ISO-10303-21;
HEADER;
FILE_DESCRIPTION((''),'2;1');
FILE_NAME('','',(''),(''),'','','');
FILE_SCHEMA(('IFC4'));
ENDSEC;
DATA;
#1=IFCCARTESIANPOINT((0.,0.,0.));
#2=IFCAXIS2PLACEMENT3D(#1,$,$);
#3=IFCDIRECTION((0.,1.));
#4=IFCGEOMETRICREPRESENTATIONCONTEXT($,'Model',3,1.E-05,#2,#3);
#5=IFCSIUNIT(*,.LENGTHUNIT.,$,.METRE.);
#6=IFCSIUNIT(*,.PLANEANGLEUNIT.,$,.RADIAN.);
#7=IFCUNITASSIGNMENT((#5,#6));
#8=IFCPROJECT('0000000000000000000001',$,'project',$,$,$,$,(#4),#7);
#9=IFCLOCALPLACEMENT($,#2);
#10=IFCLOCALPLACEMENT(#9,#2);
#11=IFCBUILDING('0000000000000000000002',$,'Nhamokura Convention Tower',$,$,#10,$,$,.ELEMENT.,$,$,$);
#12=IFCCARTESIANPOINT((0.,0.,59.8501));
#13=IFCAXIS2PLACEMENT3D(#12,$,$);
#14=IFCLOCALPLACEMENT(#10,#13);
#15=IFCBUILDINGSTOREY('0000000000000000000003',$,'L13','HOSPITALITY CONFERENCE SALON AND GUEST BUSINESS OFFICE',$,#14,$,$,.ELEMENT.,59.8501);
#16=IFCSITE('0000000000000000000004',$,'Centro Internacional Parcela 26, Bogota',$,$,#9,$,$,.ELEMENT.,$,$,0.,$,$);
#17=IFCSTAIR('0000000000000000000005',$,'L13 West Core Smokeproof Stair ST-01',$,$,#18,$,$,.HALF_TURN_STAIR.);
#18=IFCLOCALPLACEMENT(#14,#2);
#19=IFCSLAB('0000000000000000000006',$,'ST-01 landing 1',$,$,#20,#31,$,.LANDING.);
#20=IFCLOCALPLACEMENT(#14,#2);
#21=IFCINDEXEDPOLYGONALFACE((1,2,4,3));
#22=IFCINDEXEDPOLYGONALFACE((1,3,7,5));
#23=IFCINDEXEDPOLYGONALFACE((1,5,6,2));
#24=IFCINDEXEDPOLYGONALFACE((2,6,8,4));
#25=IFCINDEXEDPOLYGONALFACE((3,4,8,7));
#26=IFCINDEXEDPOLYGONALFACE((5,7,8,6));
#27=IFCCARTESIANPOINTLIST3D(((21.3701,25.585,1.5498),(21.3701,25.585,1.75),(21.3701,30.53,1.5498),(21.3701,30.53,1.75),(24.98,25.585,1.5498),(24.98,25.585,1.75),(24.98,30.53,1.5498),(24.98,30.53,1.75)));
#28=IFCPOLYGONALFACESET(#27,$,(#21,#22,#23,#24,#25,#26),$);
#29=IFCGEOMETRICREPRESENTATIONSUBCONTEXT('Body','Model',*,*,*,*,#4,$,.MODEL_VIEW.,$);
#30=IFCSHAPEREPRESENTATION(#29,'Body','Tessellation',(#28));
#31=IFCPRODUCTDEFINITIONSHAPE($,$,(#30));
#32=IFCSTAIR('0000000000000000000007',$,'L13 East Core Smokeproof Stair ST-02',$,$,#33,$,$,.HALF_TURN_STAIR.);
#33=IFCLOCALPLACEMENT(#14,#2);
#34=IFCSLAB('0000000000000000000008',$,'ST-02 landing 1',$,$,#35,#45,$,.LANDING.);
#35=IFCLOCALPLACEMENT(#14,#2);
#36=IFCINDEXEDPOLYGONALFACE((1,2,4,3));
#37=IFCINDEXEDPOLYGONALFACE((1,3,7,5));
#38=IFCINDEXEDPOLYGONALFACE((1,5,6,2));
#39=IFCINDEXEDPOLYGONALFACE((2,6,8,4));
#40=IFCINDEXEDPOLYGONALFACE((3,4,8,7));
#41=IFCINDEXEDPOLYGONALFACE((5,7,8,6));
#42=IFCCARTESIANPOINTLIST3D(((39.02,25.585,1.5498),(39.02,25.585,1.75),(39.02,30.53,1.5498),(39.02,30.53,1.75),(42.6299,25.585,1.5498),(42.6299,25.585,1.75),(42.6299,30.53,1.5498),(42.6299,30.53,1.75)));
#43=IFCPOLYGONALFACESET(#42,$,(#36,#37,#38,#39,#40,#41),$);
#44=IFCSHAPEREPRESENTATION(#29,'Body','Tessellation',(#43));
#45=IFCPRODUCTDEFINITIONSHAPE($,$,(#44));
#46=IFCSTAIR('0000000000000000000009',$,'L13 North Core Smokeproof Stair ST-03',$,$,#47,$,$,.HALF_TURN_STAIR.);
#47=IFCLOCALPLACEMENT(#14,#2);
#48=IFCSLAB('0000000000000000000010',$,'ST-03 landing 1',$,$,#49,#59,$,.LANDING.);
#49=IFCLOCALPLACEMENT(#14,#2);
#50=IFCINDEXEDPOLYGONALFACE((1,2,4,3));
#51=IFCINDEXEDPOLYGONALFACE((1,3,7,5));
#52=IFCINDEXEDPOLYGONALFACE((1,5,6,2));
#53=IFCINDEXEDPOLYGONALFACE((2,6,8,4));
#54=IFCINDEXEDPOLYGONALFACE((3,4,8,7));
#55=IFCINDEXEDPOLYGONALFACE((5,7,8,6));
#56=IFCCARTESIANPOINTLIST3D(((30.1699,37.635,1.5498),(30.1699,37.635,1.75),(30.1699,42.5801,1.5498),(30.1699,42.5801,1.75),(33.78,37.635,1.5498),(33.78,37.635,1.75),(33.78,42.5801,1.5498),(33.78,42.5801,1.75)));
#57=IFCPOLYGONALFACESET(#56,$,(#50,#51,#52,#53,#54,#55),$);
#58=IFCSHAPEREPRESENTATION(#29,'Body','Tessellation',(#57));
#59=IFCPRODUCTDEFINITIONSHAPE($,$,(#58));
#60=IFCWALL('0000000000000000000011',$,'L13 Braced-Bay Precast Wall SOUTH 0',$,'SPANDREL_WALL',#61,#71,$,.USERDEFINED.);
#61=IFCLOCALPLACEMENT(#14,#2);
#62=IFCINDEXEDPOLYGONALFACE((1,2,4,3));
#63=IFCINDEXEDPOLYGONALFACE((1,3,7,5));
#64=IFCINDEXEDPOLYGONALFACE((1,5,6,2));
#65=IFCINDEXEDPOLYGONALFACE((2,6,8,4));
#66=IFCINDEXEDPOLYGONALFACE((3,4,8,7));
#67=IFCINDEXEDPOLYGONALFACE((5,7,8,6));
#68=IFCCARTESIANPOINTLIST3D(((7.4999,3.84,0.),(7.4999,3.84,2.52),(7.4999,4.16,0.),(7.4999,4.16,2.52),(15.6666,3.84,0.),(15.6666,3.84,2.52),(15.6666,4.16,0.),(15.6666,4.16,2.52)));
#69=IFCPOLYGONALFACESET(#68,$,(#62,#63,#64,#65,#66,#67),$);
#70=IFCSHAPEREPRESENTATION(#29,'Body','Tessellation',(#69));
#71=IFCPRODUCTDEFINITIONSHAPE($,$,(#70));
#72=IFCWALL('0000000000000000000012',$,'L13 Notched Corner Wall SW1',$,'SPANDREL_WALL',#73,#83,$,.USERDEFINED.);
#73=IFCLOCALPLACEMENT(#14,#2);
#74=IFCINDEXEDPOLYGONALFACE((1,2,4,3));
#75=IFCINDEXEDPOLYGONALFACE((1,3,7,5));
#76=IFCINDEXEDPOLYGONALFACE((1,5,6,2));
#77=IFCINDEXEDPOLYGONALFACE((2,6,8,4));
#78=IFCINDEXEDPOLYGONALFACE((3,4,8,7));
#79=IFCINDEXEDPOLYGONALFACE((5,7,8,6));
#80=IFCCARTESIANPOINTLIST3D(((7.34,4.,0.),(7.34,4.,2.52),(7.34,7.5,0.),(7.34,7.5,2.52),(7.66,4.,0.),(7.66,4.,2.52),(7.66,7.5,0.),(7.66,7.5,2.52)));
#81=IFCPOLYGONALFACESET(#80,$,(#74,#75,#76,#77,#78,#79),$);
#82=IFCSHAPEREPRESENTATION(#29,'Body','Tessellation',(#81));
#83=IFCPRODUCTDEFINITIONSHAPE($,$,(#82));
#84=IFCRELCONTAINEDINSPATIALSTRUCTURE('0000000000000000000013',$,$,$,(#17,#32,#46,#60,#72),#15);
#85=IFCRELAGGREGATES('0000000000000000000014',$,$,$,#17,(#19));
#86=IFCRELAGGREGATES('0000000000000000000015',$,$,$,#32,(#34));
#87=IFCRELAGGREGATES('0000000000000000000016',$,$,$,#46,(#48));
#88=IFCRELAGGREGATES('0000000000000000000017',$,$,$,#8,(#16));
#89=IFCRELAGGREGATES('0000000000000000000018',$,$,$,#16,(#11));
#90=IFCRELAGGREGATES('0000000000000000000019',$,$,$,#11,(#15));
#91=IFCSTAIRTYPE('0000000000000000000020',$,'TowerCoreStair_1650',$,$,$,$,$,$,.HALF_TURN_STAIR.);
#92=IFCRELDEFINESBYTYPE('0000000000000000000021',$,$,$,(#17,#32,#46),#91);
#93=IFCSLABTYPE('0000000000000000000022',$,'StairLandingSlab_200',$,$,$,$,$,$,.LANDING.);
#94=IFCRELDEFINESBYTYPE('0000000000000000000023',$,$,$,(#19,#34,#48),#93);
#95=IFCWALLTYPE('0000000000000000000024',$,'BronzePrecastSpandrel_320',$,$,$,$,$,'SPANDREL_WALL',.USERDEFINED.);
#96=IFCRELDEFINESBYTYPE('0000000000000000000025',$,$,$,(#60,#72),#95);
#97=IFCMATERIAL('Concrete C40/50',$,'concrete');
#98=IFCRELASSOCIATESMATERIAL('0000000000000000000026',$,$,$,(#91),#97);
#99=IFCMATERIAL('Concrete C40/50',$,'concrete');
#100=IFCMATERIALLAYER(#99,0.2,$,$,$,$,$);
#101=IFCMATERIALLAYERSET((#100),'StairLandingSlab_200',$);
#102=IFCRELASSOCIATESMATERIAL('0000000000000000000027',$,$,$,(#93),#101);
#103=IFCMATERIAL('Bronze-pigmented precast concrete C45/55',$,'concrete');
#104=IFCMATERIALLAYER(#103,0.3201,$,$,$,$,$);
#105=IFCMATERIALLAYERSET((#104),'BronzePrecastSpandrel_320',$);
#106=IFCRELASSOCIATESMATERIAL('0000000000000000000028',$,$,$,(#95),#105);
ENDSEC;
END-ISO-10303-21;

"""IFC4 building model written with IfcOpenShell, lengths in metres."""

from ifc_helpers import new_model, si_unit, direction, frame, frame_2d, origin, place, context, subcontext, project, spatial, polyline, rectangle, outline, extrude, material, layer, layer_set, type_object, element, aggregate, save


model = new_model("IFC4")

# Units and contexts
model_context = context("Model", 3, precision=1e-05, world=origin(), true_north=direction((0.0, 1.0)))
body_context = subcontext(model_context, "Body", "Model", "MODEL_VIEW")
ifc_project = project(units=[si_unit("LENGTHUNIT", "METRE"), si_unit("PLANEANGLEUNIT", "RADIAN")], contexts=[model_context])

# Site, building, storey
site_placement = place(None, origin())
site = spatial("IfcSite", under=ifc_project, at=site_placement, Name="Centro Internacional Parcela 26, Bogota", CompositionType="ELEMENT", RefElevation=0.0)
building_placement = place(site_placement, origin())
building = spatial("IfcBuilding", under=site, at=building_placement, Name="Nhamokura Convention Tower", CompositionType="ELEMENT")
storey_placement = place(building_placement, frame((0.0, 0.0, 59.8501)))
storey = spatial("IfcBuildingStorey", under=building, at=storey_placement, Name="L13", Description="HOSPITALITY CONFERENCE SALON AND GUEST BUSINESS OFFICE", CompositionType="ELEMENT", Elevation=59.8501)

# Stairs, slabs
ifc_material_1 = material(Name="Concrete C40/50", Category="concrete")
stair_type = type_object("IfcStairType", Name="TowerCoreStair_1650", PredefinedType="HALF_TURN_STAIR", material=ifc_material_1)
stair_1_placement = place(storey_placement, origin())
stair_1 = element("IfcStair", 1, at=stair_1_placement, inside=storey, type_object=stair_type, Name="L13 West Core Smokeproof Stair ST-01", PredefinedType="HALF_TURN_STAIR")
ifc_material_2 = material(Name="Concrete C40/50", Category="concrete")
ifc_layer_1 = layer(ifc_material_2, 0.2)
ifc_layer_set_1 = layer_set([ifc_layer_1], Name="StairLandingSlab_200")
slab_type_1 = type_object("IfcSlabType", Name="StairLandingSlab_200", PredefinedType="LANDING", material=ifc_layer_set_1)
slab_1_placement = place(storey_placement, frame((0.0, 0.0, 1.5498)))
slab_1 = element("IfcSlab", 2, at=slab_1_placement, type_object=slab_type_1, Name="ST-01 landing 1", PredefinedType="LANDING", context=body_context, shape_type="SweptSolid", body=[
    extrude(outline(polyline([(24.98, 25.585), (24.98, 30.53), (21.3701, 30.53), (21.3701, 25.585), (24.98, 25.585)])), origin(), (0.0, 0.0, 1.0), 0.2002),
])
aggregate(stair_1, [slab_1])
stair_2_placement = place(storey_placement, origin())
stair_2 = element("IfcStair", 3, at=stair_2_placement, inside=storey, type_object=stair_type, Name="L13 East Core Smokeproof Stair ST-02", PredefinedType="HALF_TURN_STAIR")
slab_2_placement = place(storey_placement, frame((0.0, 0.0, 1.5498)))
slab_2 = element("IfcSlab", 4, at=slab_2_placement, type_object=slab_type_1, Name="ST-02 landing 1", PredefinedType="LANDING", context=body_context, shape_type="SweptSolid", body=[
    extrude(outline(polyline([(42.6299, 25.585), (42.6299, 30.53), (39.02, 30.53), (39.02, 25.585), (42.6299, 25.585)])), origin(), (0.0, 0.0, 1.0), 0.2002),
])
aggregate(stair_2, [slab_2])
stair_3_placement = place(storey_placement, origin())
stair_3 = element("IfcStair", 5, at=stair_3_placement, inside=storey, type_object=stair_type, Name="L13 North Core Smokeproof Stair ST-03", PredefinedType="HALF_TURN_STAIR")
slab_3_placement = place(storey_placement, frame((0.0, 0.0, 1.5498)))
slab_3 = element("IfcSlab", 6, at=slab_3_placement, type_object=slab_type_1, Name="ST-03 landing 1", PredefinedType="LANDING", context=body_context, shape_type="SweptSolid", body=[
    extrude(outline(polyline([(33.78, 37.635), (33.78, 42.5801), (30.1699, 42.5801), (30.1699, 37.635), (33.78, 37.635)])), origin(), (0.0, 0.0, 1.0), 0.2002),
])
aggregate(stair_3, [slab_3])

# Walls
ifc_material_3 = material(Name="Bronze-pigmented precast concrete C45/55", Category="concrete")
ifc_layer_2 = layer(ifc_material_3, 0.3201)
ifc_layer_set_2 = layer_set([ifc_layer_2], Name="BronzePrecastSpandrel_320")
wall_type = type_object("IfcWallType", Name="BronzePrecastSpandrel_320", ElementType="SPANDREL_WALL", PredefinedType="USERDEFINED", material=ifc_layer_set_2)
wall_1_placement = place(storey_placement, frame((15.6667, 4.0, 0.0), z_axis=(0.0, 0.0, 1.0), x_axis=(-1.0, 0.0, 0.0)))
element("IfcWall", 7, at=wall_1_placement, inside=storey, type_object=wall_type, Name="L13 Braced-Bay Precast Wall SOUTH 0", ObjectType="SPANDREL_WALL", PredefinedType="USERDEFINED", context=body_context, shape_type="SweptSolid", body=[
    extrude(rectangle(XDim=8.1667, YDim=0.3201, at=frame_2d((4.0835, 0.0))), origin(), (0.0, 0.0, 1.0), 2.52),
])
wall_2_placement = place(storey_placement, frame((7.5, 4.0, 0.0), z_axis=(0.0, 0.0, 1.0), x_axis=(0.0, 1.0, 0.0)))
element("IfcWall", 8, at=wall_2_placement, inside=storey, type_object=wall_type, Name="L13 Notched Corner Wall SW1", ObjectType="SPANDREL_WALL", PredefinedType="USERDEFINED", context=body_context, shape_type="SweptSolid", body=[
    extrude(rectangle(XDim=3.5, YDim=0.3201, at=frame_2d((1.75, 0.0))), origin(), (0.0, 0.0, 1.0), 2.52),
])

save(model, "model.ifc")
